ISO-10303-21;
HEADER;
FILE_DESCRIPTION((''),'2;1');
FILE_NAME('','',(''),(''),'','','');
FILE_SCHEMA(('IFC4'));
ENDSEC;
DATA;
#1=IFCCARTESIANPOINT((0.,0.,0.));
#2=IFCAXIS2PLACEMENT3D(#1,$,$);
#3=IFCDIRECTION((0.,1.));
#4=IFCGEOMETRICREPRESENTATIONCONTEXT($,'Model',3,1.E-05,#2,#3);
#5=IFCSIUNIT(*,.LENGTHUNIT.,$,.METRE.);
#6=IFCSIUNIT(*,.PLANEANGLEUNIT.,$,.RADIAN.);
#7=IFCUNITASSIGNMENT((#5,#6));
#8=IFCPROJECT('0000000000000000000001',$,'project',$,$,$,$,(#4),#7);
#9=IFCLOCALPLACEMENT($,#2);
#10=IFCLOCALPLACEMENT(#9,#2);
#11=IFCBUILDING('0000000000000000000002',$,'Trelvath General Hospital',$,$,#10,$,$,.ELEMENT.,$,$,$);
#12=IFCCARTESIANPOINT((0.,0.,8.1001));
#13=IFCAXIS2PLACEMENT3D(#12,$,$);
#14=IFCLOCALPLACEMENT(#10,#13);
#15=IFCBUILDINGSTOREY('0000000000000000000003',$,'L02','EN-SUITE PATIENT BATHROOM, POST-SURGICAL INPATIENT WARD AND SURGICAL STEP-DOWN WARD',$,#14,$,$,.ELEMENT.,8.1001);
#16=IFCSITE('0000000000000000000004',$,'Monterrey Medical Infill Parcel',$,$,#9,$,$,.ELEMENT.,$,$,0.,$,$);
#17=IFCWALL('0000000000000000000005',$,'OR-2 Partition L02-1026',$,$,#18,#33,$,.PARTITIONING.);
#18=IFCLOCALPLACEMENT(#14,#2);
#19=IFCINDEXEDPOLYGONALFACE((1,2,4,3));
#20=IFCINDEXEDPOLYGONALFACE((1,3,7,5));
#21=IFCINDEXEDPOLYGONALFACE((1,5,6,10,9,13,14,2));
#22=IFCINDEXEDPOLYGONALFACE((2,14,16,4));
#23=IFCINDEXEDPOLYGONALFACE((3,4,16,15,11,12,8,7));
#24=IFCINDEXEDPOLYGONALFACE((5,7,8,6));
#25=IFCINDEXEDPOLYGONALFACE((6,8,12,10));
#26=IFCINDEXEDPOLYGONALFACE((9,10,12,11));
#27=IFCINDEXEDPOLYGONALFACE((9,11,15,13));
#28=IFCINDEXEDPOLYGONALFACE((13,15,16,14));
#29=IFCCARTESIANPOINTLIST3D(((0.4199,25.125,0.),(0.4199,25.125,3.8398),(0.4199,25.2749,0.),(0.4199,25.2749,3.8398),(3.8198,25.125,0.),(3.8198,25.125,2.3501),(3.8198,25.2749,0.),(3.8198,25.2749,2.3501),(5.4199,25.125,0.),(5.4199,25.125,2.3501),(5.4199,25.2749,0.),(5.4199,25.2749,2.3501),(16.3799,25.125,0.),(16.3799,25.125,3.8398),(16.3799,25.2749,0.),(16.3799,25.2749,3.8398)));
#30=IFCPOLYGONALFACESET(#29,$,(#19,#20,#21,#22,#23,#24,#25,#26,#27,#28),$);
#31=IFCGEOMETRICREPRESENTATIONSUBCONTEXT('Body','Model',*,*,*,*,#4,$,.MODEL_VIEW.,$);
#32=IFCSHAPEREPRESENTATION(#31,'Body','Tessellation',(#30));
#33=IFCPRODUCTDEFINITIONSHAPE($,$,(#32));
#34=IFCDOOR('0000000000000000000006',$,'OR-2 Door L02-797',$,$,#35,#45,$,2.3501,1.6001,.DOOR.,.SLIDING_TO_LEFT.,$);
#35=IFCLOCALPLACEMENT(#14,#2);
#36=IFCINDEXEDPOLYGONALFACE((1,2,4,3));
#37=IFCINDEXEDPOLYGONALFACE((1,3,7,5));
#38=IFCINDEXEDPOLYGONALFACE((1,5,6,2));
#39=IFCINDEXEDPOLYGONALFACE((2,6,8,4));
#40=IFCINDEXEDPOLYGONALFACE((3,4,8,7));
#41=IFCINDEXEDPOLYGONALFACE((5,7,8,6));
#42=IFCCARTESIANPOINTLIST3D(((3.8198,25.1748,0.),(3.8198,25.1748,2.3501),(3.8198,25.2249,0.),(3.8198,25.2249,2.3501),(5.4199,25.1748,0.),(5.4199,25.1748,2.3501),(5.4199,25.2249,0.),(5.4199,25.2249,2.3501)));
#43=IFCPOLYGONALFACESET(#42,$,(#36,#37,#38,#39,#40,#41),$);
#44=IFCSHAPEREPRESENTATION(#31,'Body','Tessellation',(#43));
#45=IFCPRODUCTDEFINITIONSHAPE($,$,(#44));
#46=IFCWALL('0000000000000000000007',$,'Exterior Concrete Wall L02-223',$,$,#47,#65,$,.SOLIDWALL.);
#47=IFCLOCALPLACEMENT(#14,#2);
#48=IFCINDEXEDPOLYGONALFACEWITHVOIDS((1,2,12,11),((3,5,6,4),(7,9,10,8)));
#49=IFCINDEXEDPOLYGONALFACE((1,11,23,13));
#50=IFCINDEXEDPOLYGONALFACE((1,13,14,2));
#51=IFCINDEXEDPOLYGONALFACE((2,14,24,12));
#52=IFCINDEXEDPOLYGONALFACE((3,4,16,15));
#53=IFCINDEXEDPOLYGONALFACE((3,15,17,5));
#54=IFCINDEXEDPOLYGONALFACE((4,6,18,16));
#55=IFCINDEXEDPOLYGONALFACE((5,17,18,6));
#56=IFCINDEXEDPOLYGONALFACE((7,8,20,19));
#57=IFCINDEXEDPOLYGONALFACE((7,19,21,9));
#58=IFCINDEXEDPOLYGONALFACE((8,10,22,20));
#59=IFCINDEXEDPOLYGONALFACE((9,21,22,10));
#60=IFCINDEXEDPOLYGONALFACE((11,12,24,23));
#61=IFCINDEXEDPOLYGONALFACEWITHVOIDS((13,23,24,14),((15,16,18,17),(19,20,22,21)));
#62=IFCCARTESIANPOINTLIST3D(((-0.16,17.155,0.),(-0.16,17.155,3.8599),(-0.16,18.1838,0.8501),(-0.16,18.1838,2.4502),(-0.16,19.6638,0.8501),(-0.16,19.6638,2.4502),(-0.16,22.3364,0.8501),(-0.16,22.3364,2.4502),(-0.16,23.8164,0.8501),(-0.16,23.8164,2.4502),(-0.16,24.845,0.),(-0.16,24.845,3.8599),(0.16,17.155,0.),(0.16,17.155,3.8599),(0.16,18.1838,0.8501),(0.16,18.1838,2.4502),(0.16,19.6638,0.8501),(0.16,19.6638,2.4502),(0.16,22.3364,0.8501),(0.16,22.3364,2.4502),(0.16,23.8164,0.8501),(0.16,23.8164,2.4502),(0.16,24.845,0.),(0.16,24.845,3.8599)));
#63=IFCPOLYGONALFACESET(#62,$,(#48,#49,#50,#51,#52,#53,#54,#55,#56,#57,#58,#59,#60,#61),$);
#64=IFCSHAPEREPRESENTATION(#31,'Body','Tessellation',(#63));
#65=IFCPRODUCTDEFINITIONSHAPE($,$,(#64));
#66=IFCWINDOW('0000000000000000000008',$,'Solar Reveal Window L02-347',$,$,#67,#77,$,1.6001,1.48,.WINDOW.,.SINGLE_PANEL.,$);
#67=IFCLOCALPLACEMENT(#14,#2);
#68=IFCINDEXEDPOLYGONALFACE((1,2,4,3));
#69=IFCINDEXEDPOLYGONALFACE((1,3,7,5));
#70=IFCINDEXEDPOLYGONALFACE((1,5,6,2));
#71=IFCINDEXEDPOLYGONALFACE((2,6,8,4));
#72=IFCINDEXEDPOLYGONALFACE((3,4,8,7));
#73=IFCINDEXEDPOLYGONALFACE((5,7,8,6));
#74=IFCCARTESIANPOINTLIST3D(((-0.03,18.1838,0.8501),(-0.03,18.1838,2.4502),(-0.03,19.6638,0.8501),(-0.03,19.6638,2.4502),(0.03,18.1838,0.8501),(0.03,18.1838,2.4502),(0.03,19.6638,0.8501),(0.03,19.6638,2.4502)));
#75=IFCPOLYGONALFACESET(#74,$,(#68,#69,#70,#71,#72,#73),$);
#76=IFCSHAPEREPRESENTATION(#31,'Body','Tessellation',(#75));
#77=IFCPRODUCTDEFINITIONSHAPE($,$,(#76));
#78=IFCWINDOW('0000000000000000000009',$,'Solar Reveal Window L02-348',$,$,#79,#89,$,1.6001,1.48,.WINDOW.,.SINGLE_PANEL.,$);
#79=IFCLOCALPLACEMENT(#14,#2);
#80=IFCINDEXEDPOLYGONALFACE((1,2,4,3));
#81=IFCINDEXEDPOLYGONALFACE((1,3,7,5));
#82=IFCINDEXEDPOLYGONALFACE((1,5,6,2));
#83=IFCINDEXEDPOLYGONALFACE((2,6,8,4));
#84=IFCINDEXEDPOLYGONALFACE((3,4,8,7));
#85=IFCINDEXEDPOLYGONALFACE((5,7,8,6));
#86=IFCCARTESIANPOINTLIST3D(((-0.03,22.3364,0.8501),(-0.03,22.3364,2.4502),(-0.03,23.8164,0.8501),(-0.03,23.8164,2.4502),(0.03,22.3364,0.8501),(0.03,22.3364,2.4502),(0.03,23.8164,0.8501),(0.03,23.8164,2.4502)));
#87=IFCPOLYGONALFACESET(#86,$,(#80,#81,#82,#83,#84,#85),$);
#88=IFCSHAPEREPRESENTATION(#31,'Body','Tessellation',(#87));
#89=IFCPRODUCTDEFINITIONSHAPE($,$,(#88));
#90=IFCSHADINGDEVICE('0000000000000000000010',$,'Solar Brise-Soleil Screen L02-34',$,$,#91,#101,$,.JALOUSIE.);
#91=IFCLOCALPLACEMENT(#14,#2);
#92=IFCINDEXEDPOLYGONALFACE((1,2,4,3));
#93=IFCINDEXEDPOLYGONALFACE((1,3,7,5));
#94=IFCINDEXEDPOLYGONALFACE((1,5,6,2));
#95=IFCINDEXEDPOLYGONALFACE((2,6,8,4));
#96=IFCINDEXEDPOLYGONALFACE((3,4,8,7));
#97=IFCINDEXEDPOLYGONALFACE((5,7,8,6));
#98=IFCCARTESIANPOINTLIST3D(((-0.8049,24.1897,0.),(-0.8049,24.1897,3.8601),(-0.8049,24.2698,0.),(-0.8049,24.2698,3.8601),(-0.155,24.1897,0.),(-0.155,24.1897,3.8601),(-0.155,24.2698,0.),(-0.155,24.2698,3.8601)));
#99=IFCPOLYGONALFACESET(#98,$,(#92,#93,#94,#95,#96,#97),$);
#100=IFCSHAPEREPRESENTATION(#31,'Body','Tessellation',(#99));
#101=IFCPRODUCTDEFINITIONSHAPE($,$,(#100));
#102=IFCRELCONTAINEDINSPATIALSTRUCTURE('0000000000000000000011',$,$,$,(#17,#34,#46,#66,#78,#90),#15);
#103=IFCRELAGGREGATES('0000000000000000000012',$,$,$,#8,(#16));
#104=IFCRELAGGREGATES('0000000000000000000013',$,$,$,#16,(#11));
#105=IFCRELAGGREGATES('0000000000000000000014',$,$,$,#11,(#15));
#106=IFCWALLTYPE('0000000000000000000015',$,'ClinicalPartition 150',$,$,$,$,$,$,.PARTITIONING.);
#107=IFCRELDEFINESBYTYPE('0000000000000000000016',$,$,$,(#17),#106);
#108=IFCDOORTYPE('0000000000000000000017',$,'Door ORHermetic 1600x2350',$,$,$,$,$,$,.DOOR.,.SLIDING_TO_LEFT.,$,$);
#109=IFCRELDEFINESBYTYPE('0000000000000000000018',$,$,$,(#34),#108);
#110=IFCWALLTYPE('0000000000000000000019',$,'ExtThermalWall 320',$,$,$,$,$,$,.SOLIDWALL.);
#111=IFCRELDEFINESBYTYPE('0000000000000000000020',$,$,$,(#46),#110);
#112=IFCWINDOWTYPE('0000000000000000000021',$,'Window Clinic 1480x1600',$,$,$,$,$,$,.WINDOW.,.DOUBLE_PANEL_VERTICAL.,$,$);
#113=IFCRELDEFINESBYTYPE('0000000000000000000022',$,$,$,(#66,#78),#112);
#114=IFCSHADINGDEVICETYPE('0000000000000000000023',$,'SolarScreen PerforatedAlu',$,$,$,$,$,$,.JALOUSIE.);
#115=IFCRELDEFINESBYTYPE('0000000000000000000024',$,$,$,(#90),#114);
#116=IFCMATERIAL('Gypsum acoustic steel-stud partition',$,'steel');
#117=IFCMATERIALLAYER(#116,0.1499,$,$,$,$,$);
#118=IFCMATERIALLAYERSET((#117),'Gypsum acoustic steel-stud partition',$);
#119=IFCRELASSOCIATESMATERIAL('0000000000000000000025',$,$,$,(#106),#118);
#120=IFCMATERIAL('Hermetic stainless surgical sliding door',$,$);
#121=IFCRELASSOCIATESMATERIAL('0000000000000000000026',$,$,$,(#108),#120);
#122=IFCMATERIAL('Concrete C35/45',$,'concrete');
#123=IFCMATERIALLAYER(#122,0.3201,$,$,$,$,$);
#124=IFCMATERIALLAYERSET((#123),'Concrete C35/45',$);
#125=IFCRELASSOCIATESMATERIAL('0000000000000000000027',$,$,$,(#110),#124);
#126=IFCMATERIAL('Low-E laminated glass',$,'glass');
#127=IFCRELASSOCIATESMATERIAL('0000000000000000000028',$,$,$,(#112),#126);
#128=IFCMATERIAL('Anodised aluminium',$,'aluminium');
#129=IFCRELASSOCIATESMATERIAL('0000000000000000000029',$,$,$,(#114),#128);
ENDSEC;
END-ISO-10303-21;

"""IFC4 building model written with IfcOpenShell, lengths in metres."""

from ifc_helpers import new_model, si_unit, direction, frame, frame_2d, origin, origin_2d, place, context, subcontext, project, spatial, rectangle, extrude, material, layer, layer_set, type_object, element, fill, save


model = new_model("IFC4")

# Units and contexts
model_context = context("Model", 3, precision=1e-05, world=origin(), true_north=direction((0.0, 1.0)))
body_context = subcontext(model_context, "Body", "Model", "MODEL_VIEW")
ifc_project = project(units=[si_unit("LENGTHUNIT", "METRE"), si_unit("PLANEANGLEUNIT", "RADIAN")], contexts=[model_context])

# Site, building, storey
site_placement = place(None, origin())
site = spatial("IfcSite", under=ifc_project, at=site_placement, Name="Monterrey Medical Infill Parcel", CompositionType="ELEMENT", RefElevation=0.0)
building_placement = place(site_placement, origin())
building = spatial("IfcBuilding", under=site, at=building_placement, Name="Trelvath General Hospital", CompositionType="ELEMENT")
storey_placement = place(building_placement, frame((0.0, 0.0, 8.1001)))
storey = spatial("IfcBuildingStorey", under=building, at=storey_placement, Name="L02", Description="EN-SUITE PATIENT BATHROOM, POST-SURGICAL INPATIENT WARD AND SURGICAL STEP-DOWN WARD", CompositionType="ELEMENT", Elevation=8.1001)

# Wall, opening, door
ifc_material_1 = material(Name="Gypsum acoustic steel-stud partition", Category="steel")
ifc_layer_1 = layer(ifc_material_1, 0.1499)
ifc_layer_set_1 = layer_set([ifc_layer_1], Name="Gypsum acoustic steel-stud partition")
wall_type_1 = type_object("IfcWallType", Name="ClinicalPartition 150", PredefinedType="PARTITIONING", material=ifc_layer_set_1)
ifc_material_2 = material(Name="Hermetic stainless surgical sliding door")
door_type = type_object("IfcDoorType", Name="Door ORHermetic 1600x2350", OperationType="SLIDING_TO_LEFT", PredefinedType="DOOR", material=ifc_material_2)
wall_1_placement = place(storey_placement, frame((0.4199, 25.2, 0.0), z_axis=(0.0, 0.0, 1.0), x_axis=(1.0, 0.0, 0.0)))
wall_1 = element("IfcWall", 1, at=wall_1_placement, inside=storey, type_object=wall_type_1, Name="OR-2 Partition L02-1026", PredefinedType="PARTITIONING", context=body_context, shape_type="SweptSolid", body=[
    extrude(rectangle(XDim=15.96, YDim=0.1499, at=frame_2d((7.98, 0.0))), origin(), (0.0, 0.0, 1.0), 3.8398),
])
opening_1_placement = place(wall_1_placement, frame((3.3999, 0.0, 0.0)))
opening_1 = element("IfcOpeningElement", 2, at=opening_1_placement, cuts=wall_1, PredefinedType="OPENING", context=body_context, shape_type="SweptSolid", body=[
    extrude(rectangle(XDim=1.6001, YDim=2.3501, at=frame_2d((0.8, 1.175))), frame((0.0, 0.085, 0.0), z_axis=(0.0, -1.0, 0.0), x_axis=(1.0, 0.0, 0.0)), (0.0, 0.0, 1.0), 0.1699),
])
door_1_placement = place(opening_1_placement, origin())
door_1 = element("IfcDoor", 3, at=door_1_placement, inside=storey, type_object=door_type, Name="OR-2 Door L02-797", OperationType="SLIDING_TO_LEFT", OverallHeight=2.3501, OverallWidth=1.6001, PredefinedType="DOOR", context=body_context, shape_type="SweptSolid", body=[
    extrude(rectangle(XDim=1.6001, YDim=2.3501, at=frame_2d((0.8, 1.175))), frame((0.0, 0.0249, 0.0), z_axis=(0.0, -1.0, 0.0), x_axis=(1.0, 0.0, 0.0)), (0.0, 0.0, 1.0), 0.05),
])
fill(opening_1, door_1)

# Wall, openings, windows
ifc_material_3 = material(Name="Concrete C35/45", Category="concrete")
ifc_layer_2 = layer(ifc_material_3, 0.3201)
ifc_layer_set_2 = layer_set([ifc_layer_2], Name="Concrete C35/45")
wall_type_2 = type_object("IfcWallType", Name="ExtThermalWall 320", PredefinedType="SOLIDWALL", material=ifc_layer_set_2)
wall_2_placement = place(storey_placement, frame((0.0, 17.155, 0.0), z_axis=(0.0, 0.0, 1.0), x_axis=(0.0, 1.0, 0.0)))
wall_2 = element("IfcWall", 4, at=wall_2_placement, inside=storey, type_object=wall_type_2, Name="Exterior Concrete Wall L02-223", PredefinedType="SOLIDWALL", context=body_context, shape_type="SweptSolid", body=[
    extrude(rectangle(XDim=7.6899, YDim=0.3201, at=frame_2d((3.845, 0.0))), origin(), (0.0, 0.0, 1.0), 3.8599),
])
opening_2_placement = place(wall_2_placement, frame((1.0288, 0.0, 0.8501)))
opening_2 = element("IfcOpeningElement", 5, at=opening_2_placement, cuts=wall_2, PredefinedType="OPENING", context=body_context, shape_type="SweptSolid", body=[
    extrude(rectangle(XDim=1.48, YDim=1.6001, at=frame_2d((0.74, 0.8))), frame((0.0, 0.1699, 0.0), z_axis=(0.0, -1.0, 0.0), x_axis=(1.0, 0.0, 0.0)), (0.0, 0.0, 1.0), 0.3401),
])
opening_3_placement = place(wall_2_placement, frame((5.1814, 0.0, 0.8501)))
opening_3 = element("IfcOpeningElement", 6, at=opening_3_placement, cuts=wall_2, PredefinedType="OPENING", context=body_context, shape_type="SweptSolid", body=[
    extrude(rectangle(XDim=1.48, YDim=1.6001, at=frame_2d((0.74, 0.8))), frame((0.0, 0.1699, 0.0), z_axis=(0.0, -1.0, 0.0), x_axis=(1.0, 0.0, 0.0)), (0.0, 0.0, 1.0), 0.3401),
])
ifc_material_4 = material(Name="Low-E laminated glass", Category="glass")
window_type = type_object("IfcWindowType", Name="Window Clinic 1480x1600", PartitioningType="DOUBLE_PANEL_VERTICAL", PredefinedType="WINDOW", material=ifc_material_4)
window_1_placement = place(opening_2_placement, origin())
window_1 = element("IfcWindow", 7, at=window_1_placement, inside=storey, type_object=window_type, Name="Solar Reveal Window L02-347", OverallHeight=1.6001, OverallWidth=1.48, PartitioningType="SINGLE_PANEL", PredefinedType="WINDOW", context=body_context, shape_type="SweptSolid", body=[
    extrude(rectangle(XDim=1.48, YDim=1.6001, at=frame_2d((0.74, 0.8))), frame((0.0, 0.03, 0.0), z_axis=(0.0, -1.0, 0.0), x_axis=(1.0, 0.0, 0.0)), (0.0, 0.0, 1.0), 0.0601),
])
fill(opening_2, window_1)
window_2_placement = place(opening_3_placement, origin())
window_2 = element("IfcWindow", 8, at=window_2_placement, inside=storey, type_object=window_type, Name="Solar Reveal Window L02-348", OverallHeight=1.6001, OverallWidth=1.48, PartitioningType="SINGLE_PANEL", PredefinedType="WINDOW", context=body_context, shape_type="SweptSolid", body=[
    extrude(rectangle(XDim=1.48, YDim=1.6001, at=frame_2d((0.74, 0.8))), frame((0.0, 0.03, 0.0), z_axis=(0.0, -1.0, 0.0), x_axis=(1.0, 0.0, 0.0)), (0.0, 0.0, 1.0), 0.0601),
])
fill(opening_3, window_2)

# Shading device
ifc_material_5 = material(Name="Anodised aluminium", Category="aluminium")
shading_device_type = type_object("IfcShadingDeviceType", Name="SolarScreen PerforatedAlu", PredefinedType="JALOUSIE", material=ifc_material_5)
shading_device_placement = place(storey_placement, frame((-0.48, 24.2297, 0.0), z_axis=(0.0, 0.0, 1.0), x_axis=(-1.0, 0.0, 0.0)))
element("IfcShadingDevice", 9, at=shading_device_placement, inside=storey, type_object=shading_device_type, Name="Solar Brise-Soleil Screen L02-34", PredefinedType="JALOUSIE", context=body_context, shape_type="SweptSolid", body=[
    extrude(rectangle(XDim=0.6499, YDim=0.0801, at=origin_2d()), origin(), (0.0, 0.0, 1.0), 3.8601),
])

save(model, "model.ifc")
